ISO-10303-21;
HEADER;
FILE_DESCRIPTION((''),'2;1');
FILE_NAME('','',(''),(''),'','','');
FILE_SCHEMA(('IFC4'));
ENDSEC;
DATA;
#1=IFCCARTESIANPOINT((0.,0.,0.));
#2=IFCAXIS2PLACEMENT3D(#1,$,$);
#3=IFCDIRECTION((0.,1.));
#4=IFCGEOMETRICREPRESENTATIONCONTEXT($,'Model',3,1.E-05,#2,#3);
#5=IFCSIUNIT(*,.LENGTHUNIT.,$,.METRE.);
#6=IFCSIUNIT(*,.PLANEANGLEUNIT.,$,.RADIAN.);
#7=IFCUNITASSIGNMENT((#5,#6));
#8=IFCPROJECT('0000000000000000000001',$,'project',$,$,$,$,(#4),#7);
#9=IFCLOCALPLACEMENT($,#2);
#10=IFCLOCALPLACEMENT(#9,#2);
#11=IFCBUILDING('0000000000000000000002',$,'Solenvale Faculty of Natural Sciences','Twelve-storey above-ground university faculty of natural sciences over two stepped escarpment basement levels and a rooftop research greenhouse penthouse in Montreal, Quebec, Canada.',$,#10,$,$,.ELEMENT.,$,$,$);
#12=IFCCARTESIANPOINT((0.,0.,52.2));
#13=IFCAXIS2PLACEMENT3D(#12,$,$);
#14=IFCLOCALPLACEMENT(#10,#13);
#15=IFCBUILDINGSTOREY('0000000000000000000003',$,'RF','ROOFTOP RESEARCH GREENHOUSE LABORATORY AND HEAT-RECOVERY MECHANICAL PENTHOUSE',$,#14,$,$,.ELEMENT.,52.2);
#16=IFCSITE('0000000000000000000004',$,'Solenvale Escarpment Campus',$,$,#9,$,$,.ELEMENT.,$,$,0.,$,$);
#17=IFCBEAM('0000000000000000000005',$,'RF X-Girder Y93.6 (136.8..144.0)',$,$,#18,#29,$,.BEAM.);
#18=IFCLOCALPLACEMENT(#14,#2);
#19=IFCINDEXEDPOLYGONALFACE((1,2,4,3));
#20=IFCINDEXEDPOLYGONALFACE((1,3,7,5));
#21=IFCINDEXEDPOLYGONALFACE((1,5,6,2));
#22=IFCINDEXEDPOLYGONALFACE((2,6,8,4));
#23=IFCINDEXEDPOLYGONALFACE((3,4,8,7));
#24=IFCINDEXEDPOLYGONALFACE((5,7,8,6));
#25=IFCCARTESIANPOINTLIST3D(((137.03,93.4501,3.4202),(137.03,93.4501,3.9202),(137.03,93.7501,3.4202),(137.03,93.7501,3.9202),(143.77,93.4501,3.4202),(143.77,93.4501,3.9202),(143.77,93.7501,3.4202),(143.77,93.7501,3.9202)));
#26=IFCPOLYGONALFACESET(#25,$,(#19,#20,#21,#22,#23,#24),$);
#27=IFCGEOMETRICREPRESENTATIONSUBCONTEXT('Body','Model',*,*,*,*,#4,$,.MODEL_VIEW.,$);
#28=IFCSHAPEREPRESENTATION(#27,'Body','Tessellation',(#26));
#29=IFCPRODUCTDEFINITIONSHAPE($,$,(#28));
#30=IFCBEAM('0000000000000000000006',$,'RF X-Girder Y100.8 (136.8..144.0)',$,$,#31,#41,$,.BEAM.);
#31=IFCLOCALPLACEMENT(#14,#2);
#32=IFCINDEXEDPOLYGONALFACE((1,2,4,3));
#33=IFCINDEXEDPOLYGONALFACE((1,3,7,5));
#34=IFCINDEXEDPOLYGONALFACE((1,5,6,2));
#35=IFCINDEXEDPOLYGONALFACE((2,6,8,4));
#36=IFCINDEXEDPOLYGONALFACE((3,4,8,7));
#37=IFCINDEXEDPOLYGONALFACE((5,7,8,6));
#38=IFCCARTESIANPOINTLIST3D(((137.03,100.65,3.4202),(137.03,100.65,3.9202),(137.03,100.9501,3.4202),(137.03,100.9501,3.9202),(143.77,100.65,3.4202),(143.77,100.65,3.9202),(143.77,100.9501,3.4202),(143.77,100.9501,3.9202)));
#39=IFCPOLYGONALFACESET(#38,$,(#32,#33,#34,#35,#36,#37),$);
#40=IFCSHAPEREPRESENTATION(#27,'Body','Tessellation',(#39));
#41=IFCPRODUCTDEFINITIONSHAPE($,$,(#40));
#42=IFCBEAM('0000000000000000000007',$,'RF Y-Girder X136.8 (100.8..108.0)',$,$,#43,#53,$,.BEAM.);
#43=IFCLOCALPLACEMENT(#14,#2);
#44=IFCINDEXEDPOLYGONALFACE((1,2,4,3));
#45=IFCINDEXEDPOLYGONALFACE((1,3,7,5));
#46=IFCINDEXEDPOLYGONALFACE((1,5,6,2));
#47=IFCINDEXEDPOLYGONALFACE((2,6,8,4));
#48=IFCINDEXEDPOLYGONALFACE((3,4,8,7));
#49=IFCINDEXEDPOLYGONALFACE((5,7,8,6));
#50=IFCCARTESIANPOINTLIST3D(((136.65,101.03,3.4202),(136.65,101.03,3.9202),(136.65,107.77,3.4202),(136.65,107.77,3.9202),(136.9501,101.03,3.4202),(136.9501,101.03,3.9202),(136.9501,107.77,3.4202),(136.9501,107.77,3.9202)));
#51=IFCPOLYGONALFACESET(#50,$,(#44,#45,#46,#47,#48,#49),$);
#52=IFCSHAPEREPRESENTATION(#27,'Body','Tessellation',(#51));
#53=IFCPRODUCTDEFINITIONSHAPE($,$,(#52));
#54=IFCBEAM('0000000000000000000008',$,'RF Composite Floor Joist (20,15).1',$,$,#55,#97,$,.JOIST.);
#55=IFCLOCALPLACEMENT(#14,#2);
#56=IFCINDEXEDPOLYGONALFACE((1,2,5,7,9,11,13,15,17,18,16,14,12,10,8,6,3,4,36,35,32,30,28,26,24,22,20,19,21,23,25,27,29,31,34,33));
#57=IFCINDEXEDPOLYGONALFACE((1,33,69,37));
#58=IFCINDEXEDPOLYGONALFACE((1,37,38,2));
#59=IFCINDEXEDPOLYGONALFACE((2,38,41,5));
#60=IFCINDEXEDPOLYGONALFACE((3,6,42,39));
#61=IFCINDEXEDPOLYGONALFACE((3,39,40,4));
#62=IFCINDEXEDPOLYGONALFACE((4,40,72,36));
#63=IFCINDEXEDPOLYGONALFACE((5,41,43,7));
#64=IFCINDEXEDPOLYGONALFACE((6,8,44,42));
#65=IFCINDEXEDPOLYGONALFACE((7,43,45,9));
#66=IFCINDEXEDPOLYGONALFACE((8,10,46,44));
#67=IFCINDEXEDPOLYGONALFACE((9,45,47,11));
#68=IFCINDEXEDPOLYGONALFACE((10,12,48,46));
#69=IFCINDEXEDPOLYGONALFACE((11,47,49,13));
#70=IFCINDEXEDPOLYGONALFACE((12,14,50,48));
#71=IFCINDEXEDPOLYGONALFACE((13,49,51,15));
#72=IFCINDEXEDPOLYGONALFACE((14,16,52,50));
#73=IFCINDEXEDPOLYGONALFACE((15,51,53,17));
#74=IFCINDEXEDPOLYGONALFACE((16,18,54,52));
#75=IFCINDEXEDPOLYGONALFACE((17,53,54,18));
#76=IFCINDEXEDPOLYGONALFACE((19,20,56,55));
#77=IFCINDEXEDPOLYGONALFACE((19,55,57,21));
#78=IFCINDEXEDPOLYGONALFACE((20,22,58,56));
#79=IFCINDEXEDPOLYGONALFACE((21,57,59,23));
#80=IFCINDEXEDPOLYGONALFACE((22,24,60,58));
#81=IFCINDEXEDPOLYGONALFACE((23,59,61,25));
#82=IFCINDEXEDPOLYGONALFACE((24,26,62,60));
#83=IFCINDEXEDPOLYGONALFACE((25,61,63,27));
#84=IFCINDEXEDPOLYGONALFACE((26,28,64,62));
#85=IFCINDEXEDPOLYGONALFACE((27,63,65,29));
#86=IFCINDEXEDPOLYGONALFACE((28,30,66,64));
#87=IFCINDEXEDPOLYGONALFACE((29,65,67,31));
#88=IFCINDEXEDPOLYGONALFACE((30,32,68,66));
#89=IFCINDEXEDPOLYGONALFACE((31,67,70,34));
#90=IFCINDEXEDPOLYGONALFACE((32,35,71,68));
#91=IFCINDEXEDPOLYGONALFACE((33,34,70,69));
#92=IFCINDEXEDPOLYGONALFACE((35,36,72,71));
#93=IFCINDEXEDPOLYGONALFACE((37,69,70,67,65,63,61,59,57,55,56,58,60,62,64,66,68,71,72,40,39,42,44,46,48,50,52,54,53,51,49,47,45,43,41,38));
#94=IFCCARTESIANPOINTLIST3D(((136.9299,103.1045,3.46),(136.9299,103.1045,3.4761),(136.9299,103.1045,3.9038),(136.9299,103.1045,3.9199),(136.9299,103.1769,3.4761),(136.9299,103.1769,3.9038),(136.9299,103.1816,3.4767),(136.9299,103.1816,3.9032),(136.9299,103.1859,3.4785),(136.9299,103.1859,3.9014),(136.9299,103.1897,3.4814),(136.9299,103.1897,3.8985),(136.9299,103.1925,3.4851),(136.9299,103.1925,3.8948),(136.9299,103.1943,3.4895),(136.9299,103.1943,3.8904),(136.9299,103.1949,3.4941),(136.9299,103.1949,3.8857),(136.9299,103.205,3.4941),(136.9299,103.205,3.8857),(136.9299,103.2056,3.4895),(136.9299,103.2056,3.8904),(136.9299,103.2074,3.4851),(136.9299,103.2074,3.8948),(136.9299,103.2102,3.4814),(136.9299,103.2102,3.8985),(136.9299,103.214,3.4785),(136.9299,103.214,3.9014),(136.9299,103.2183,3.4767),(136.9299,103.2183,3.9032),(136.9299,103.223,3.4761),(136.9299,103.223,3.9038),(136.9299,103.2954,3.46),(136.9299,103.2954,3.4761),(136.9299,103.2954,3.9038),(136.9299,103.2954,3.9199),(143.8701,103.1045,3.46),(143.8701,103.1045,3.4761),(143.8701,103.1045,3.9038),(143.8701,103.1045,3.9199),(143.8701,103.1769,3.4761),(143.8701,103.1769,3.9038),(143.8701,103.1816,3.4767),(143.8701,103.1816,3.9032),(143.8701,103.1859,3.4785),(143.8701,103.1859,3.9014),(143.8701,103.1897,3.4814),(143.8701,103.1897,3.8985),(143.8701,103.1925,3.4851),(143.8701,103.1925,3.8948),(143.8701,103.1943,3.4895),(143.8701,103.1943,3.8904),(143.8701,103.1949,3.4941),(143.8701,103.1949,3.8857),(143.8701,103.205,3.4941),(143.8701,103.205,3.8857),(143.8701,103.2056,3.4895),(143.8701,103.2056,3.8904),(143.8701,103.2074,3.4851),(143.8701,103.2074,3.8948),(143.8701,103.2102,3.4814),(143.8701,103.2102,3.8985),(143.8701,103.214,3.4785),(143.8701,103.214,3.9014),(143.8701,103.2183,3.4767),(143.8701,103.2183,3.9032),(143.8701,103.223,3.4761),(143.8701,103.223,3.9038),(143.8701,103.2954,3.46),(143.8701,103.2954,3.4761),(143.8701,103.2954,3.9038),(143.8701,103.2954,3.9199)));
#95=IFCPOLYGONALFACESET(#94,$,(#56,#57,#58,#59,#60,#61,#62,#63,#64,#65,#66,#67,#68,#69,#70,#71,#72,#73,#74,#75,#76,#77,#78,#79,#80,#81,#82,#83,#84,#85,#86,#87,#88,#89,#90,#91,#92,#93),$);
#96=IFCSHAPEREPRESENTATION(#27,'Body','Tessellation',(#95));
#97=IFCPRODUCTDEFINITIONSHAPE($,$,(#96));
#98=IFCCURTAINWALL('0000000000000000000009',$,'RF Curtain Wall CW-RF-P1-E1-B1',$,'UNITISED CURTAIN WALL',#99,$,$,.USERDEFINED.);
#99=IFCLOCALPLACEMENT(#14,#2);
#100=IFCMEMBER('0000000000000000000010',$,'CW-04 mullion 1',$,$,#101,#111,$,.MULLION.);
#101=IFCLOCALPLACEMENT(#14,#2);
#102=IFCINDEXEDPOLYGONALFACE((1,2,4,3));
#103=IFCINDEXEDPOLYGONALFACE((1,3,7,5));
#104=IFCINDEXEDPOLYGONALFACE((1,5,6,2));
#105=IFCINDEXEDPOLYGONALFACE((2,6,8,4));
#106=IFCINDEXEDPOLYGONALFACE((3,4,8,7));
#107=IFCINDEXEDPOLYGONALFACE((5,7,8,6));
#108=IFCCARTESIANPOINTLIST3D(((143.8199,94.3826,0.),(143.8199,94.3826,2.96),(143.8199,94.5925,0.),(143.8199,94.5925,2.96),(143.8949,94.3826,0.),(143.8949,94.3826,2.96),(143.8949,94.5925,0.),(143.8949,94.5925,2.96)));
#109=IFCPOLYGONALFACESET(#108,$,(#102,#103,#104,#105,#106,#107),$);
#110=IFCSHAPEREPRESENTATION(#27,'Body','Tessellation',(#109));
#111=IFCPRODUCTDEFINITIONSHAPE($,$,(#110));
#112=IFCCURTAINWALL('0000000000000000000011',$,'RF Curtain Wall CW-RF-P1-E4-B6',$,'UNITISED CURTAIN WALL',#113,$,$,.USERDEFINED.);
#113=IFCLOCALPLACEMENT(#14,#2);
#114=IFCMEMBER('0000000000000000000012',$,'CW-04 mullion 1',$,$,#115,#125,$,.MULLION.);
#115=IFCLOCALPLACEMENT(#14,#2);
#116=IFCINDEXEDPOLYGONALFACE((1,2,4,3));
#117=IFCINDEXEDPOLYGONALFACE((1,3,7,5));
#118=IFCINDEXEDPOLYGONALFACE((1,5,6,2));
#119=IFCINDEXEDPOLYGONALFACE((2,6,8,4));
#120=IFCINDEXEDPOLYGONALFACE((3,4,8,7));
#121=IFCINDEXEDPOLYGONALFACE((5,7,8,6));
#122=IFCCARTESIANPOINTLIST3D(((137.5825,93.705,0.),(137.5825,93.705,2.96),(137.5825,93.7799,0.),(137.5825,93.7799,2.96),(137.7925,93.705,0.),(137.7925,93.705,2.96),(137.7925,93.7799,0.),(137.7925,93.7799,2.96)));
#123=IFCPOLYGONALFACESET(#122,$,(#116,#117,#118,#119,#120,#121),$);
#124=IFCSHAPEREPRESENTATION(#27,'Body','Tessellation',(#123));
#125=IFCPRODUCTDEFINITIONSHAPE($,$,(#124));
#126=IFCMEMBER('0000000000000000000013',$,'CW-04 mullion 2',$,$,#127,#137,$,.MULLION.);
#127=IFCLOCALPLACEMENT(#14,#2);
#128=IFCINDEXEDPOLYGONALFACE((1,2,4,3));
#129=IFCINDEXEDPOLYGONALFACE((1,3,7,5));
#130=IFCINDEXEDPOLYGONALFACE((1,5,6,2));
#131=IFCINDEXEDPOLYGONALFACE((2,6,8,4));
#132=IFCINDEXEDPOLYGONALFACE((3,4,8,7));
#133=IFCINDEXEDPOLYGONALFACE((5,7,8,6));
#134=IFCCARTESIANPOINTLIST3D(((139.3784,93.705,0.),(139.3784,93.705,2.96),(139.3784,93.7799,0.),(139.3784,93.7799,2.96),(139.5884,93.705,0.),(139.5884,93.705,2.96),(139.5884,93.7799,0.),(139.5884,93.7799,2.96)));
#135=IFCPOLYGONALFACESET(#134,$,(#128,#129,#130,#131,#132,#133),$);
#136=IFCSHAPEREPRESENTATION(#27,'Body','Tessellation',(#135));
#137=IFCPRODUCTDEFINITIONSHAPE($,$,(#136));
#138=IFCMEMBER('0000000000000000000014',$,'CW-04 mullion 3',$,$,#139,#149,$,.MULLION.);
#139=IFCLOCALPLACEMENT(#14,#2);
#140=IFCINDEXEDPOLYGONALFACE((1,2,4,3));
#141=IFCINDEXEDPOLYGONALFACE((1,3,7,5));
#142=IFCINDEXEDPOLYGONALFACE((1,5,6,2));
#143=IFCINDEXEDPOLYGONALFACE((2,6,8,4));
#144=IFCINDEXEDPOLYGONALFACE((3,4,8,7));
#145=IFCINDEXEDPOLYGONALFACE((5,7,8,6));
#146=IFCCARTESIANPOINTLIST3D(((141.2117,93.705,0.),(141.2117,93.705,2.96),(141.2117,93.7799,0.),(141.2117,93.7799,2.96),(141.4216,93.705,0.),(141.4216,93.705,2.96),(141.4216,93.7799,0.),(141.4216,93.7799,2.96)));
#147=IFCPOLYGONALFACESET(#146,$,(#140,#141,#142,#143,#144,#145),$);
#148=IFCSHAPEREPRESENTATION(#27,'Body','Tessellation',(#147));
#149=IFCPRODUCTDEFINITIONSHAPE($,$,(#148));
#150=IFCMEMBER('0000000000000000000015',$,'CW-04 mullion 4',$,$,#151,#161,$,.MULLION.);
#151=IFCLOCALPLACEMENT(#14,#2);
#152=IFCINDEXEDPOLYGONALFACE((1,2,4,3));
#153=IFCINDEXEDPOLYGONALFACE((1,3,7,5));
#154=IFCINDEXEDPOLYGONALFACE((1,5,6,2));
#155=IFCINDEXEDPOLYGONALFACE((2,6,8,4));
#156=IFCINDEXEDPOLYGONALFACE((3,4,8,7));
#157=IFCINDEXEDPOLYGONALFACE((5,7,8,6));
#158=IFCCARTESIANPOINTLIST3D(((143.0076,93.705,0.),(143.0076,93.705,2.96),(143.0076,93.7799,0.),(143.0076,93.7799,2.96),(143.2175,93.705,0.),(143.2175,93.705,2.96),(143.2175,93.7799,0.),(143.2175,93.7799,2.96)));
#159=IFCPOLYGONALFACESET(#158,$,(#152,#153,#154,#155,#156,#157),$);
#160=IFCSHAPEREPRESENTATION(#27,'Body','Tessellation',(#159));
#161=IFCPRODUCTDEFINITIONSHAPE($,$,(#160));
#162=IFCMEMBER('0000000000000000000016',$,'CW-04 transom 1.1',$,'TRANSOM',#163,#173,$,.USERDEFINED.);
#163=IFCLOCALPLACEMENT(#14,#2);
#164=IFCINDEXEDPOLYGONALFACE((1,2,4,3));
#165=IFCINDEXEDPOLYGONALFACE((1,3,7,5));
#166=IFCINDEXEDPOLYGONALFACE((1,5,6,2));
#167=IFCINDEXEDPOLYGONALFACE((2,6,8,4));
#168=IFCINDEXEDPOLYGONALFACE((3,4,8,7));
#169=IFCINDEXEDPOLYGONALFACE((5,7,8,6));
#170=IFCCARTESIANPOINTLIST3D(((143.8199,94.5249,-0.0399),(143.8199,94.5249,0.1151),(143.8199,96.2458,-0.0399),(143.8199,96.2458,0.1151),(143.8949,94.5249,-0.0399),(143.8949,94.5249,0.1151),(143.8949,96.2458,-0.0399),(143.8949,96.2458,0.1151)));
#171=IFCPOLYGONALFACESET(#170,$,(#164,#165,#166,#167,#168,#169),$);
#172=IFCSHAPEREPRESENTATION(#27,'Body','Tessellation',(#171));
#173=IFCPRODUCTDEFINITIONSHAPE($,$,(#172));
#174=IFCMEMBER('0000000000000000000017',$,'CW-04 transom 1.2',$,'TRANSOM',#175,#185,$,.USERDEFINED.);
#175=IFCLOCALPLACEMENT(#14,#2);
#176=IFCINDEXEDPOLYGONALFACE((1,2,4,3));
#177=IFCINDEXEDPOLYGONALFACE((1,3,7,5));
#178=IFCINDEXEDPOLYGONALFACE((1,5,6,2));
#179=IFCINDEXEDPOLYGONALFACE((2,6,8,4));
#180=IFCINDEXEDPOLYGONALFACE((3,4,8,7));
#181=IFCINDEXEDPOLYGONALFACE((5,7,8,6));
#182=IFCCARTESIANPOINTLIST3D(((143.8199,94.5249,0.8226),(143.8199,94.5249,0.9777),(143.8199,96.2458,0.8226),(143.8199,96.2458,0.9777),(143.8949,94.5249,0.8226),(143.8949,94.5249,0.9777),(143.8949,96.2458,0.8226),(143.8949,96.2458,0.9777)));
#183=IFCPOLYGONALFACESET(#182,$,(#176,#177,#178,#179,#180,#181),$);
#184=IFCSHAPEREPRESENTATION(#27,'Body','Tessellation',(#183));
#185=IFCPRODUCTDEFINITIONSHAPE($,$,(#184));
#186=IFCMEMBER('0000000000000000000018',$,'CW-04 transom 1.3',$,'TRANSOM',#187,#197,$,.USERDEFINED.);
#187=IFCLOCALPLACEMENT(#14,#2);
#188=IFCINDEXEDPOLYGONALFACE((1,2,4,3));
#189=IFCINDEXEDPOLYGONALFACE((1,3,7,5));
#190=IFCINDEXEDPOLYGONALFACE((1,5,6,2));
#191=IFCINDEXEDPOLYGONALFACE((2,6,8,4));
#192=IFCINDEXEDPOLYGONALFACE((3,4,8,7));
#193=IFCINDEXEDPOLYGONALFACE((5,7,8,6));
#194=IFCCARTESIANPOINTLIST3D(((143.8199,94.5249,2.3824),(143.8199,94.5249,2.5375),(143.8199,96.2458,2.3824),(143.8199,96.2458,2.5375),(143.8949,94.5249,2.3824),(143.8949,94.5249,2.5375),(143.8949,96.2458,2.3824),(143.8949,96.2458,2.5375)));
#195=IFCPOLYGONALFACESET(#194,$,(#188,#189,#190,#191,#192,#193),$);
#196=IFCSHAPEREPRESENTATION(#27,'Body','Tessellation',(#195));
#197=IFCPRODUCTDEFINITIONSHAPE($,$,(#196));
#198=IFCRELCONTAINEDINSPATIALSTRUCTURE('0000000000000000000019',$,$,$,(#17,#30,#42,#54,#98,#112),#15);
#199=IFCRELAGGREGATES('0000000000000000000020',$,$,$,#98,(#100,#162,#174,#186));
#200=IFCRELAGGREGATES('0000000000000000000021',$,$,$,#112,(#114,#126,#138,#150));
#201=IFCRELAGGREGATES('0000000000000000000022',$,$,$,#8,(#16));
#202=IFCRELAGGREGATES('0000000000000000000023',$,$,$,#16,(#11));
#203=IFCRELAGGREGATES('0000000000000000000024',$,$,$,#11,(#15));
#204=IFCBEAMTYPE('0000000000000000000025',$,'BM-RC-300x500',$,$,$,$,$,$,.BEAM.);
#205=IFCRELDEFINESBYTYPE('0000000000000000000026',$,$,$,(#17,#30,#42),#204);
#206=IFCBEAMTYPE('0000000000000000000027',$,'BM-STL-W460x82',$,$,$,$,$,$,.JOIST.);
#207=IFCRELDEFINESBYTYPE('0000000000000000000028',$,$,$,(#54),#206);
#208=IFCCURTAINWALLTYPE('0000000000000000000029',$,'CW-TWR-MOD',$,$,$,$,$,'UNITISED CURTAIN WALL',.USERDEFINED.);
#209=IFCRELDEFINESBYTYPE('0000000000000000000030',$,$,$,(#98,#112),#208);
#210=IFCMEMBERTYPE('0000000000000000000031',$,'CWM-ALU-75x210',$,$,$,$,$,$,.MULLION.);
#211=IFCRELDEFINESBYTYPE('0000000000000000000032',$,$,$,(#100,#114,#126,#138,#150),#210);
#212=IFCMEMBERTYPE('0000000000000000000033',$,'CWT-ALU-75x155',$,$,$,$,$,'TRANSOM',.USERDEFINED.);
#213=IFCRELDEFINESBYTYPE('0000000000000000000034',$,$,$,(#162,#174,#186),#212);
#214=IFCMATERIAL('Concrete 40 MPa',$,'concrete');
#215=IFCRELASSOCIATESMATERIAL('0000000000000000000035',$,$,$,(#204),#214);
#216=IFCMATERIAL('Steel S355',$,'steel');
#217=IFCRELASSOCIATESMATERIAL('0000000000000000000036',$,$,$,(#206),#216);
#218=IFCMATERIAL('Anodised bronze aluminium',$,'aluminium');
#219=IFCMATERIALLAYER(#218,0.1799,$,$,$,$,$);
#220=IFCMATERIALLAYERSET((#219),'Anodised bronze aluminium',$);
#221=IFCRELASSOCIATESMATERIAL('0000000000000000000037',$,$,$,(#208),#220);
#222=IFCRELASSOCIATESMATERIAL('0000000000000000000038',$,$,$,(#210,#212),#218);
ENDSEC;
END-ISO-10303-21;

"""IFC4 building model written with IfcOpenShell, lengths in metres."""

from ifc_helpers import new_model, si_unit, direction, frame, origin, origin_2d, place, context, subcontext, project, spatial, rectangle, i_section, extrude, material, layer, layer_set, material_profile, profile_set, type_object, element, aggregate, save


model = new_model("IFC4")

# Units and contexts
model_context = context("Model", 3, precision=1e-05, world=origin(), true_north=direction((0.0, 1.0)))
body_context = subcontext(model_context, "Body", "Model", "MODEL_VIEW")
ifc_project = project(units=[si_unit("LENGTHUNIT", "METRE"), si_unit("PLANEANGLEUNIT", "RADIAN")], contexts=[model_context])

# Site, building, storey
site_placement = place(None, origin())
site = spatial("IfcSite", under=ifc_project, at=site_placement, Name="Solenvale Escarpment Campus", CompositionType="ELEMENT", RefElevation=0.0)
building_placement = place(site_placement, origin())
building = spatial("IfcBuilding", under=site, at=building_placement, Name="Solenvale Faculty of Natural Sciences", Description="Twelve-storey above-ground university faculty of natural sciences over two stepped escarpment basement levels and a rooftop research greenhouse penthouse in Montreal, Quebec, Canada.", CompositionType="ELEMENT")
storey_placement = place(building_placement, frame((0.0, 0.0, 52.2)))
storey = spatial("IfcBuildingStorey", under=building, at=storey_placement, Name="RF", Description="ROOFTOP RESEARCH GREENHOUSE LABORATORY AND HEAT-RECOVERY MECHANICAL PENTHOUSE", CompositionType="ELEMENT", Elevation=52.2)

# Beams
ifc_material_1 = material(Name="Concrete 40 MPa", Category="concrete")
ifc_material_profile_1 = material_profile(ifc_material_1, rectangle(XDim=0.3, YDim=0.5, at=origin_2d()), Name="RC-BM-300x500")
ifc_profile_set_1 = profile_set([ifc_material_profile_1], Name="Concrete 40 MPa")
beam_type_1 = type_object("IfcBeamType", Name="BM-RC-300x500", PredefinedType="BEAM", material=ifc_profile_set_1)
for number, where, z_axis, x_axis, name in (
    (1, (137.03, 93.6001, 3.6702), (1.0, 0.0, 0.0), (0.0, 1.0, 0.0), "RF X-Girder Y93.6 (136.8..144.0)"),
    (2, (137.03, 100.8, 3.6702), (1.0, 0.0, 0.0), (0.0, 1.0, 0.0), "RF X-Girder Y100.8 (136.8..144.0)"),
    (3, (136.8, 101.03, 3.6702), (0.0, 1.0, 0.0), (-1.0, 0.0, 0.0), "RF Y-Girder X136.8 (100.8..108.0)"),
):
    element("IfcBeam", number, at=place(storey_placement, frame(where, z_axis=z_axis, x_axis=x_axis)), inside=storey, type_object=beam_type_1, Name=name, PredefinedType="BEAM", context=body_context, shape_type="SweptSolid", body=[
        extrude(rectangle(XDim=0.3, YDim=0.5, at=origin_2d()), origin(), (0.0, 0.0, 1.0), 6.74),
    ])
ifc_material_2 = material(Name="Steel S355", Category="steel")
ifc_material_profile_2 = material_profile(ifc_material_2, i_section(OverallWidth=0.1909, OverallDepth=0.46, WebThickness=0.01, FlangeThickness=0.0161, FilletRadius=0.0181, at=origin_2d()), Name="W460x82")
ifc_profile_set_2 = profile_set([ifc_material_profile_2], Name="Steel S355")
beam_type_2 = type_object("IfcBeamType", Name="BM-STL-W460x82", PredefinedType="JOIST", material=ifc_profile_set_2)
beam_placement = place(storey_placement, frame((136.9299, 103.2, 3.6899), z_axis=(1.0, 0.0, 0.0), x_axis=(0.0, 1.0, 0.0)))
element("IfcBeam", 4, at=beam_placement, inside=storey, type_object=beam_type_2, Name="RF Composite Floor Joist (20,15).1", PredefinedType="JOIST", context=body_context, shape_type="SweptSolid", body=[
    extrude(i_section(OverallWidth=0.1909, OverallDepth=0.46, WebThickness=0.01, FlangeThickness=0.0161, FilletRadius=0.0181, at=origin_2d()), origin(), (0.0, 0.0, 1.0), 6.9402),
])

# Curtain wall, member
ifc_material_3 = material(Name="Anodised bronze aluminium", Category="aluminium")
ifc_layer_1 = layer(ifc_material_3, 0.1799)
ifc_layer_set_1 = layer_set([ifc_layer_1], Name="Anodised bronze aluminium")
curtain_wall_type = type_object("IfcCurtainWallType", Name="CW-TWR-MOD", ElementType="UNITISED CURTAIN WALL", PredefinedType="USERDEFINED", material=ifc_layer_set_1)
curtain_wall_1_placement = place(storey_placement, origin())
curtain_wall_1 = element("IfcCurtainWall", 5, at=curtain_wall_1_placement, inside=storey, type_object=curtain_wall_type, Name="RF Curtain Wall CW-RF-P1-E1-B1", ObjectType="UNITISED CURTAIN WALL", PredefinedType="USERDEFINED")
ifc_material_profile_3 = material_profile(ifc_material_3, rectangle(XDim=0.075, YDim=0.21, at=origin_2d()), Name="ALU-MUL-75x210")
ifc_profile_set_3 = profile_set([ifc_material_profile_3], Name="Anodised bronze aluminium")
member_type_1 = type_object("IfcMemberType", Name="CWM-ALU-75x210", PredefinedType="MULLION", material=ifc_profile_set_3)
member_1_placement = place(storey_placement, frame((143.8574, 94.4875, 0.0), z_axis=(0.0, 0.0, 1.0), x_axis=(-1.0, 0.0, 0.0)))
member_1 = element("IfcMember", 6, at=member_1_placement, type_object=member_type_1, Name="CW-04 mullion 1", PredefinedType="MULLION", context=body_context, shape_type="SweptSolid", body=[
    extrude(rectangle(XDim=0.075, YDim=0.21, at=origin_2d()), origin(), (0.0, 0.0, 1.0), 2.96),
])

# Curtain wall, members
curtain_wall_2_placement = place(storey_placement, origin())
curtain_wall_2 = element("IfcCurtainWall", 7, at=curtain_wall_2_placement, inside=storey, type_object=curtain_wall_type, Name="RF Curtain Wall CW-RF-P1-E4-B6", ObjectType="UNITISED CURTAIN WALL", PredefinedType="USERDEFINED")
member_2_placement = place(storey_placement, frame((137.6875, 93.7424, 0.0), z_axis=(0.0, 0.0, 1.0), x_axis=(0.0, 1.0, 0.0)))
member_2 = element("IfcMember", 8, at=member_2_placement, type_object=member_type_1, Name="CW-04 mullion 1", PredefinedType="MULLION", context=body_context, shape_type="SweptSolid", body=[
    extrude(rectangle(XDim=0.075, YDim=0.21, at=origin_2d()), origin(), (0.0, 0.0, 1.0), 2.96),
])
member_3_placement = place(storey_placement, frame((139.4834, 93.7424, 0.0), z_axis=(0.0, 0.0, 1.0), x_axis=(0.0, 1.0, 0.0)))
member_3 = element("IfcMember", 9, at=member_3_placement, type_object=member_type_1, Name="CW-04 mullion 2", PredefinedType="MULLION", context=body_context, shape_type="SweptSolid", body=[
    extrude(rectangle(XDim=0.075, YDim=0.21, at=origin_2d()), origin(), (0.0, 0.0, 1.0), 2.96),
])
member_4_placement = place(storey_placement, frame((141.3167, 93.7424, 0.0), z_axis=(0.0, 0.0, 1.0), x_axis=(0.0, 1.0, 0.0)))
member_4 = element("IfcMember", 10, at=member_4_placement, type_object=member_type_1, Name="CW-04 mullion 3", PredefinedType="MULLION", context=body_context, shape_type="SweptSolid", body=[
    extrude(rectangle(XDim=0.075, YDim=0.21, at=origin_2d()), origin(), (0.0, 0.0, 1.0), 2.96),
])
member_5_placement = place(storey_placement, frame((143.1125, 93.7424, 0.0), z_axis=(0.0, 0.0, 1.0), x_axis=(0.0, 1.0, 0.0)))
member_5 = element("IfcMember", 11, at=member_5_placement, type_object=member_type_1, Name="CW-04 mullion 4", PredefinedType="MULLION", context=body_context, shape_type="SweptSolid", body=[
    extrude(rectangle(XDim=0.075, YDim=0.21, at=origin_2d()), origin(), (0.0, 0.0, 1.0), 2.96),
])

# Members
ifc_material_profile_4 = material_profile(ifc_material_3, rectangle(XDim=0.075, YDim=0.155, at=origin_2d()), Name="ALU-TRN-75x155")
ifc_profile_set_4 = profile_set([ifc_material_profile_4], Name="Anodised bronze aluminium")
member_type_2 = type_object("IfcMemberType", Name="CWT-ALU-75x155", ElementType="TRANSOM", PredefinedType="USERDEFINED", material=ifc_profile_set_4)
member_6_placement = place(storey_placement, frame((143.8574, 94.5249, 0.0376), z_axis=(0.0, 1.0, 0.0), x_axis=(-1.0, 0.0, 0.0)))
member_6 = element("IfcMember", 12, at=member_6_placement, type_object=member_type_2, Name="CW-04 transom 1.1", ObjectType="TRANSOM", PredefinedType="USERDEFINED", context=body_context, shape_type="SweptSolid", body=[
    extrude(rectangle(XDim=0.075, YDim=0.155, at=origin_2d()), origin(), (0.0, 0.0, 1.0), 1.7209),
])
member_7_placement = place(storey_placement, frame((143.8574, 94.5249, 0.9001), z_axis=(0.0, 1.0, 0.0), x_axis=(-1.0, 0.0, 0.0)))
member_7 = element("IfcMember", 13, at=member_7_placement, type_object=member_type_2, Name="CW-04 transom 1.2", ObjectType="TRANSOM", PredefinedType="USERDEFINED", context=body_context, shape_type="SweptSolid", body=[
    extrude(rectangle(XDim=0.075, YDim=0.155, at=origin_2d()), origin(), (0.0, 0.0, 1.0), 1.7209),
])
member_8_placement = place(storey_placement, frame((143.8574, 94.5249, 2.46), z_axis=(0.0, 1.0, 0.0), x_axis=(-1.0, 0.0, 0.0)))
member_8 = element("IfcMember", 14, at=member_8_placement, type_object=member_type_2, Name="CW-04 transom 1.3", ObjectType="TRANSOM", PredefinedType="USERDEFINED", context=body_context, shape_type="SweptSolid", body=[
    extrude(rectangle(XDim=0.075, YDim=0.155, at=origin_2d()), origin(), (0.0, 0.0, 1.0), 1.7209),
])

aggregate(curtain_wall_1, [member_1, member_6, member_7, member_8])
aggregate(curtain_wall_2, [member_2, member_3, member_4, member_5])

save(model, "model.ifc")
